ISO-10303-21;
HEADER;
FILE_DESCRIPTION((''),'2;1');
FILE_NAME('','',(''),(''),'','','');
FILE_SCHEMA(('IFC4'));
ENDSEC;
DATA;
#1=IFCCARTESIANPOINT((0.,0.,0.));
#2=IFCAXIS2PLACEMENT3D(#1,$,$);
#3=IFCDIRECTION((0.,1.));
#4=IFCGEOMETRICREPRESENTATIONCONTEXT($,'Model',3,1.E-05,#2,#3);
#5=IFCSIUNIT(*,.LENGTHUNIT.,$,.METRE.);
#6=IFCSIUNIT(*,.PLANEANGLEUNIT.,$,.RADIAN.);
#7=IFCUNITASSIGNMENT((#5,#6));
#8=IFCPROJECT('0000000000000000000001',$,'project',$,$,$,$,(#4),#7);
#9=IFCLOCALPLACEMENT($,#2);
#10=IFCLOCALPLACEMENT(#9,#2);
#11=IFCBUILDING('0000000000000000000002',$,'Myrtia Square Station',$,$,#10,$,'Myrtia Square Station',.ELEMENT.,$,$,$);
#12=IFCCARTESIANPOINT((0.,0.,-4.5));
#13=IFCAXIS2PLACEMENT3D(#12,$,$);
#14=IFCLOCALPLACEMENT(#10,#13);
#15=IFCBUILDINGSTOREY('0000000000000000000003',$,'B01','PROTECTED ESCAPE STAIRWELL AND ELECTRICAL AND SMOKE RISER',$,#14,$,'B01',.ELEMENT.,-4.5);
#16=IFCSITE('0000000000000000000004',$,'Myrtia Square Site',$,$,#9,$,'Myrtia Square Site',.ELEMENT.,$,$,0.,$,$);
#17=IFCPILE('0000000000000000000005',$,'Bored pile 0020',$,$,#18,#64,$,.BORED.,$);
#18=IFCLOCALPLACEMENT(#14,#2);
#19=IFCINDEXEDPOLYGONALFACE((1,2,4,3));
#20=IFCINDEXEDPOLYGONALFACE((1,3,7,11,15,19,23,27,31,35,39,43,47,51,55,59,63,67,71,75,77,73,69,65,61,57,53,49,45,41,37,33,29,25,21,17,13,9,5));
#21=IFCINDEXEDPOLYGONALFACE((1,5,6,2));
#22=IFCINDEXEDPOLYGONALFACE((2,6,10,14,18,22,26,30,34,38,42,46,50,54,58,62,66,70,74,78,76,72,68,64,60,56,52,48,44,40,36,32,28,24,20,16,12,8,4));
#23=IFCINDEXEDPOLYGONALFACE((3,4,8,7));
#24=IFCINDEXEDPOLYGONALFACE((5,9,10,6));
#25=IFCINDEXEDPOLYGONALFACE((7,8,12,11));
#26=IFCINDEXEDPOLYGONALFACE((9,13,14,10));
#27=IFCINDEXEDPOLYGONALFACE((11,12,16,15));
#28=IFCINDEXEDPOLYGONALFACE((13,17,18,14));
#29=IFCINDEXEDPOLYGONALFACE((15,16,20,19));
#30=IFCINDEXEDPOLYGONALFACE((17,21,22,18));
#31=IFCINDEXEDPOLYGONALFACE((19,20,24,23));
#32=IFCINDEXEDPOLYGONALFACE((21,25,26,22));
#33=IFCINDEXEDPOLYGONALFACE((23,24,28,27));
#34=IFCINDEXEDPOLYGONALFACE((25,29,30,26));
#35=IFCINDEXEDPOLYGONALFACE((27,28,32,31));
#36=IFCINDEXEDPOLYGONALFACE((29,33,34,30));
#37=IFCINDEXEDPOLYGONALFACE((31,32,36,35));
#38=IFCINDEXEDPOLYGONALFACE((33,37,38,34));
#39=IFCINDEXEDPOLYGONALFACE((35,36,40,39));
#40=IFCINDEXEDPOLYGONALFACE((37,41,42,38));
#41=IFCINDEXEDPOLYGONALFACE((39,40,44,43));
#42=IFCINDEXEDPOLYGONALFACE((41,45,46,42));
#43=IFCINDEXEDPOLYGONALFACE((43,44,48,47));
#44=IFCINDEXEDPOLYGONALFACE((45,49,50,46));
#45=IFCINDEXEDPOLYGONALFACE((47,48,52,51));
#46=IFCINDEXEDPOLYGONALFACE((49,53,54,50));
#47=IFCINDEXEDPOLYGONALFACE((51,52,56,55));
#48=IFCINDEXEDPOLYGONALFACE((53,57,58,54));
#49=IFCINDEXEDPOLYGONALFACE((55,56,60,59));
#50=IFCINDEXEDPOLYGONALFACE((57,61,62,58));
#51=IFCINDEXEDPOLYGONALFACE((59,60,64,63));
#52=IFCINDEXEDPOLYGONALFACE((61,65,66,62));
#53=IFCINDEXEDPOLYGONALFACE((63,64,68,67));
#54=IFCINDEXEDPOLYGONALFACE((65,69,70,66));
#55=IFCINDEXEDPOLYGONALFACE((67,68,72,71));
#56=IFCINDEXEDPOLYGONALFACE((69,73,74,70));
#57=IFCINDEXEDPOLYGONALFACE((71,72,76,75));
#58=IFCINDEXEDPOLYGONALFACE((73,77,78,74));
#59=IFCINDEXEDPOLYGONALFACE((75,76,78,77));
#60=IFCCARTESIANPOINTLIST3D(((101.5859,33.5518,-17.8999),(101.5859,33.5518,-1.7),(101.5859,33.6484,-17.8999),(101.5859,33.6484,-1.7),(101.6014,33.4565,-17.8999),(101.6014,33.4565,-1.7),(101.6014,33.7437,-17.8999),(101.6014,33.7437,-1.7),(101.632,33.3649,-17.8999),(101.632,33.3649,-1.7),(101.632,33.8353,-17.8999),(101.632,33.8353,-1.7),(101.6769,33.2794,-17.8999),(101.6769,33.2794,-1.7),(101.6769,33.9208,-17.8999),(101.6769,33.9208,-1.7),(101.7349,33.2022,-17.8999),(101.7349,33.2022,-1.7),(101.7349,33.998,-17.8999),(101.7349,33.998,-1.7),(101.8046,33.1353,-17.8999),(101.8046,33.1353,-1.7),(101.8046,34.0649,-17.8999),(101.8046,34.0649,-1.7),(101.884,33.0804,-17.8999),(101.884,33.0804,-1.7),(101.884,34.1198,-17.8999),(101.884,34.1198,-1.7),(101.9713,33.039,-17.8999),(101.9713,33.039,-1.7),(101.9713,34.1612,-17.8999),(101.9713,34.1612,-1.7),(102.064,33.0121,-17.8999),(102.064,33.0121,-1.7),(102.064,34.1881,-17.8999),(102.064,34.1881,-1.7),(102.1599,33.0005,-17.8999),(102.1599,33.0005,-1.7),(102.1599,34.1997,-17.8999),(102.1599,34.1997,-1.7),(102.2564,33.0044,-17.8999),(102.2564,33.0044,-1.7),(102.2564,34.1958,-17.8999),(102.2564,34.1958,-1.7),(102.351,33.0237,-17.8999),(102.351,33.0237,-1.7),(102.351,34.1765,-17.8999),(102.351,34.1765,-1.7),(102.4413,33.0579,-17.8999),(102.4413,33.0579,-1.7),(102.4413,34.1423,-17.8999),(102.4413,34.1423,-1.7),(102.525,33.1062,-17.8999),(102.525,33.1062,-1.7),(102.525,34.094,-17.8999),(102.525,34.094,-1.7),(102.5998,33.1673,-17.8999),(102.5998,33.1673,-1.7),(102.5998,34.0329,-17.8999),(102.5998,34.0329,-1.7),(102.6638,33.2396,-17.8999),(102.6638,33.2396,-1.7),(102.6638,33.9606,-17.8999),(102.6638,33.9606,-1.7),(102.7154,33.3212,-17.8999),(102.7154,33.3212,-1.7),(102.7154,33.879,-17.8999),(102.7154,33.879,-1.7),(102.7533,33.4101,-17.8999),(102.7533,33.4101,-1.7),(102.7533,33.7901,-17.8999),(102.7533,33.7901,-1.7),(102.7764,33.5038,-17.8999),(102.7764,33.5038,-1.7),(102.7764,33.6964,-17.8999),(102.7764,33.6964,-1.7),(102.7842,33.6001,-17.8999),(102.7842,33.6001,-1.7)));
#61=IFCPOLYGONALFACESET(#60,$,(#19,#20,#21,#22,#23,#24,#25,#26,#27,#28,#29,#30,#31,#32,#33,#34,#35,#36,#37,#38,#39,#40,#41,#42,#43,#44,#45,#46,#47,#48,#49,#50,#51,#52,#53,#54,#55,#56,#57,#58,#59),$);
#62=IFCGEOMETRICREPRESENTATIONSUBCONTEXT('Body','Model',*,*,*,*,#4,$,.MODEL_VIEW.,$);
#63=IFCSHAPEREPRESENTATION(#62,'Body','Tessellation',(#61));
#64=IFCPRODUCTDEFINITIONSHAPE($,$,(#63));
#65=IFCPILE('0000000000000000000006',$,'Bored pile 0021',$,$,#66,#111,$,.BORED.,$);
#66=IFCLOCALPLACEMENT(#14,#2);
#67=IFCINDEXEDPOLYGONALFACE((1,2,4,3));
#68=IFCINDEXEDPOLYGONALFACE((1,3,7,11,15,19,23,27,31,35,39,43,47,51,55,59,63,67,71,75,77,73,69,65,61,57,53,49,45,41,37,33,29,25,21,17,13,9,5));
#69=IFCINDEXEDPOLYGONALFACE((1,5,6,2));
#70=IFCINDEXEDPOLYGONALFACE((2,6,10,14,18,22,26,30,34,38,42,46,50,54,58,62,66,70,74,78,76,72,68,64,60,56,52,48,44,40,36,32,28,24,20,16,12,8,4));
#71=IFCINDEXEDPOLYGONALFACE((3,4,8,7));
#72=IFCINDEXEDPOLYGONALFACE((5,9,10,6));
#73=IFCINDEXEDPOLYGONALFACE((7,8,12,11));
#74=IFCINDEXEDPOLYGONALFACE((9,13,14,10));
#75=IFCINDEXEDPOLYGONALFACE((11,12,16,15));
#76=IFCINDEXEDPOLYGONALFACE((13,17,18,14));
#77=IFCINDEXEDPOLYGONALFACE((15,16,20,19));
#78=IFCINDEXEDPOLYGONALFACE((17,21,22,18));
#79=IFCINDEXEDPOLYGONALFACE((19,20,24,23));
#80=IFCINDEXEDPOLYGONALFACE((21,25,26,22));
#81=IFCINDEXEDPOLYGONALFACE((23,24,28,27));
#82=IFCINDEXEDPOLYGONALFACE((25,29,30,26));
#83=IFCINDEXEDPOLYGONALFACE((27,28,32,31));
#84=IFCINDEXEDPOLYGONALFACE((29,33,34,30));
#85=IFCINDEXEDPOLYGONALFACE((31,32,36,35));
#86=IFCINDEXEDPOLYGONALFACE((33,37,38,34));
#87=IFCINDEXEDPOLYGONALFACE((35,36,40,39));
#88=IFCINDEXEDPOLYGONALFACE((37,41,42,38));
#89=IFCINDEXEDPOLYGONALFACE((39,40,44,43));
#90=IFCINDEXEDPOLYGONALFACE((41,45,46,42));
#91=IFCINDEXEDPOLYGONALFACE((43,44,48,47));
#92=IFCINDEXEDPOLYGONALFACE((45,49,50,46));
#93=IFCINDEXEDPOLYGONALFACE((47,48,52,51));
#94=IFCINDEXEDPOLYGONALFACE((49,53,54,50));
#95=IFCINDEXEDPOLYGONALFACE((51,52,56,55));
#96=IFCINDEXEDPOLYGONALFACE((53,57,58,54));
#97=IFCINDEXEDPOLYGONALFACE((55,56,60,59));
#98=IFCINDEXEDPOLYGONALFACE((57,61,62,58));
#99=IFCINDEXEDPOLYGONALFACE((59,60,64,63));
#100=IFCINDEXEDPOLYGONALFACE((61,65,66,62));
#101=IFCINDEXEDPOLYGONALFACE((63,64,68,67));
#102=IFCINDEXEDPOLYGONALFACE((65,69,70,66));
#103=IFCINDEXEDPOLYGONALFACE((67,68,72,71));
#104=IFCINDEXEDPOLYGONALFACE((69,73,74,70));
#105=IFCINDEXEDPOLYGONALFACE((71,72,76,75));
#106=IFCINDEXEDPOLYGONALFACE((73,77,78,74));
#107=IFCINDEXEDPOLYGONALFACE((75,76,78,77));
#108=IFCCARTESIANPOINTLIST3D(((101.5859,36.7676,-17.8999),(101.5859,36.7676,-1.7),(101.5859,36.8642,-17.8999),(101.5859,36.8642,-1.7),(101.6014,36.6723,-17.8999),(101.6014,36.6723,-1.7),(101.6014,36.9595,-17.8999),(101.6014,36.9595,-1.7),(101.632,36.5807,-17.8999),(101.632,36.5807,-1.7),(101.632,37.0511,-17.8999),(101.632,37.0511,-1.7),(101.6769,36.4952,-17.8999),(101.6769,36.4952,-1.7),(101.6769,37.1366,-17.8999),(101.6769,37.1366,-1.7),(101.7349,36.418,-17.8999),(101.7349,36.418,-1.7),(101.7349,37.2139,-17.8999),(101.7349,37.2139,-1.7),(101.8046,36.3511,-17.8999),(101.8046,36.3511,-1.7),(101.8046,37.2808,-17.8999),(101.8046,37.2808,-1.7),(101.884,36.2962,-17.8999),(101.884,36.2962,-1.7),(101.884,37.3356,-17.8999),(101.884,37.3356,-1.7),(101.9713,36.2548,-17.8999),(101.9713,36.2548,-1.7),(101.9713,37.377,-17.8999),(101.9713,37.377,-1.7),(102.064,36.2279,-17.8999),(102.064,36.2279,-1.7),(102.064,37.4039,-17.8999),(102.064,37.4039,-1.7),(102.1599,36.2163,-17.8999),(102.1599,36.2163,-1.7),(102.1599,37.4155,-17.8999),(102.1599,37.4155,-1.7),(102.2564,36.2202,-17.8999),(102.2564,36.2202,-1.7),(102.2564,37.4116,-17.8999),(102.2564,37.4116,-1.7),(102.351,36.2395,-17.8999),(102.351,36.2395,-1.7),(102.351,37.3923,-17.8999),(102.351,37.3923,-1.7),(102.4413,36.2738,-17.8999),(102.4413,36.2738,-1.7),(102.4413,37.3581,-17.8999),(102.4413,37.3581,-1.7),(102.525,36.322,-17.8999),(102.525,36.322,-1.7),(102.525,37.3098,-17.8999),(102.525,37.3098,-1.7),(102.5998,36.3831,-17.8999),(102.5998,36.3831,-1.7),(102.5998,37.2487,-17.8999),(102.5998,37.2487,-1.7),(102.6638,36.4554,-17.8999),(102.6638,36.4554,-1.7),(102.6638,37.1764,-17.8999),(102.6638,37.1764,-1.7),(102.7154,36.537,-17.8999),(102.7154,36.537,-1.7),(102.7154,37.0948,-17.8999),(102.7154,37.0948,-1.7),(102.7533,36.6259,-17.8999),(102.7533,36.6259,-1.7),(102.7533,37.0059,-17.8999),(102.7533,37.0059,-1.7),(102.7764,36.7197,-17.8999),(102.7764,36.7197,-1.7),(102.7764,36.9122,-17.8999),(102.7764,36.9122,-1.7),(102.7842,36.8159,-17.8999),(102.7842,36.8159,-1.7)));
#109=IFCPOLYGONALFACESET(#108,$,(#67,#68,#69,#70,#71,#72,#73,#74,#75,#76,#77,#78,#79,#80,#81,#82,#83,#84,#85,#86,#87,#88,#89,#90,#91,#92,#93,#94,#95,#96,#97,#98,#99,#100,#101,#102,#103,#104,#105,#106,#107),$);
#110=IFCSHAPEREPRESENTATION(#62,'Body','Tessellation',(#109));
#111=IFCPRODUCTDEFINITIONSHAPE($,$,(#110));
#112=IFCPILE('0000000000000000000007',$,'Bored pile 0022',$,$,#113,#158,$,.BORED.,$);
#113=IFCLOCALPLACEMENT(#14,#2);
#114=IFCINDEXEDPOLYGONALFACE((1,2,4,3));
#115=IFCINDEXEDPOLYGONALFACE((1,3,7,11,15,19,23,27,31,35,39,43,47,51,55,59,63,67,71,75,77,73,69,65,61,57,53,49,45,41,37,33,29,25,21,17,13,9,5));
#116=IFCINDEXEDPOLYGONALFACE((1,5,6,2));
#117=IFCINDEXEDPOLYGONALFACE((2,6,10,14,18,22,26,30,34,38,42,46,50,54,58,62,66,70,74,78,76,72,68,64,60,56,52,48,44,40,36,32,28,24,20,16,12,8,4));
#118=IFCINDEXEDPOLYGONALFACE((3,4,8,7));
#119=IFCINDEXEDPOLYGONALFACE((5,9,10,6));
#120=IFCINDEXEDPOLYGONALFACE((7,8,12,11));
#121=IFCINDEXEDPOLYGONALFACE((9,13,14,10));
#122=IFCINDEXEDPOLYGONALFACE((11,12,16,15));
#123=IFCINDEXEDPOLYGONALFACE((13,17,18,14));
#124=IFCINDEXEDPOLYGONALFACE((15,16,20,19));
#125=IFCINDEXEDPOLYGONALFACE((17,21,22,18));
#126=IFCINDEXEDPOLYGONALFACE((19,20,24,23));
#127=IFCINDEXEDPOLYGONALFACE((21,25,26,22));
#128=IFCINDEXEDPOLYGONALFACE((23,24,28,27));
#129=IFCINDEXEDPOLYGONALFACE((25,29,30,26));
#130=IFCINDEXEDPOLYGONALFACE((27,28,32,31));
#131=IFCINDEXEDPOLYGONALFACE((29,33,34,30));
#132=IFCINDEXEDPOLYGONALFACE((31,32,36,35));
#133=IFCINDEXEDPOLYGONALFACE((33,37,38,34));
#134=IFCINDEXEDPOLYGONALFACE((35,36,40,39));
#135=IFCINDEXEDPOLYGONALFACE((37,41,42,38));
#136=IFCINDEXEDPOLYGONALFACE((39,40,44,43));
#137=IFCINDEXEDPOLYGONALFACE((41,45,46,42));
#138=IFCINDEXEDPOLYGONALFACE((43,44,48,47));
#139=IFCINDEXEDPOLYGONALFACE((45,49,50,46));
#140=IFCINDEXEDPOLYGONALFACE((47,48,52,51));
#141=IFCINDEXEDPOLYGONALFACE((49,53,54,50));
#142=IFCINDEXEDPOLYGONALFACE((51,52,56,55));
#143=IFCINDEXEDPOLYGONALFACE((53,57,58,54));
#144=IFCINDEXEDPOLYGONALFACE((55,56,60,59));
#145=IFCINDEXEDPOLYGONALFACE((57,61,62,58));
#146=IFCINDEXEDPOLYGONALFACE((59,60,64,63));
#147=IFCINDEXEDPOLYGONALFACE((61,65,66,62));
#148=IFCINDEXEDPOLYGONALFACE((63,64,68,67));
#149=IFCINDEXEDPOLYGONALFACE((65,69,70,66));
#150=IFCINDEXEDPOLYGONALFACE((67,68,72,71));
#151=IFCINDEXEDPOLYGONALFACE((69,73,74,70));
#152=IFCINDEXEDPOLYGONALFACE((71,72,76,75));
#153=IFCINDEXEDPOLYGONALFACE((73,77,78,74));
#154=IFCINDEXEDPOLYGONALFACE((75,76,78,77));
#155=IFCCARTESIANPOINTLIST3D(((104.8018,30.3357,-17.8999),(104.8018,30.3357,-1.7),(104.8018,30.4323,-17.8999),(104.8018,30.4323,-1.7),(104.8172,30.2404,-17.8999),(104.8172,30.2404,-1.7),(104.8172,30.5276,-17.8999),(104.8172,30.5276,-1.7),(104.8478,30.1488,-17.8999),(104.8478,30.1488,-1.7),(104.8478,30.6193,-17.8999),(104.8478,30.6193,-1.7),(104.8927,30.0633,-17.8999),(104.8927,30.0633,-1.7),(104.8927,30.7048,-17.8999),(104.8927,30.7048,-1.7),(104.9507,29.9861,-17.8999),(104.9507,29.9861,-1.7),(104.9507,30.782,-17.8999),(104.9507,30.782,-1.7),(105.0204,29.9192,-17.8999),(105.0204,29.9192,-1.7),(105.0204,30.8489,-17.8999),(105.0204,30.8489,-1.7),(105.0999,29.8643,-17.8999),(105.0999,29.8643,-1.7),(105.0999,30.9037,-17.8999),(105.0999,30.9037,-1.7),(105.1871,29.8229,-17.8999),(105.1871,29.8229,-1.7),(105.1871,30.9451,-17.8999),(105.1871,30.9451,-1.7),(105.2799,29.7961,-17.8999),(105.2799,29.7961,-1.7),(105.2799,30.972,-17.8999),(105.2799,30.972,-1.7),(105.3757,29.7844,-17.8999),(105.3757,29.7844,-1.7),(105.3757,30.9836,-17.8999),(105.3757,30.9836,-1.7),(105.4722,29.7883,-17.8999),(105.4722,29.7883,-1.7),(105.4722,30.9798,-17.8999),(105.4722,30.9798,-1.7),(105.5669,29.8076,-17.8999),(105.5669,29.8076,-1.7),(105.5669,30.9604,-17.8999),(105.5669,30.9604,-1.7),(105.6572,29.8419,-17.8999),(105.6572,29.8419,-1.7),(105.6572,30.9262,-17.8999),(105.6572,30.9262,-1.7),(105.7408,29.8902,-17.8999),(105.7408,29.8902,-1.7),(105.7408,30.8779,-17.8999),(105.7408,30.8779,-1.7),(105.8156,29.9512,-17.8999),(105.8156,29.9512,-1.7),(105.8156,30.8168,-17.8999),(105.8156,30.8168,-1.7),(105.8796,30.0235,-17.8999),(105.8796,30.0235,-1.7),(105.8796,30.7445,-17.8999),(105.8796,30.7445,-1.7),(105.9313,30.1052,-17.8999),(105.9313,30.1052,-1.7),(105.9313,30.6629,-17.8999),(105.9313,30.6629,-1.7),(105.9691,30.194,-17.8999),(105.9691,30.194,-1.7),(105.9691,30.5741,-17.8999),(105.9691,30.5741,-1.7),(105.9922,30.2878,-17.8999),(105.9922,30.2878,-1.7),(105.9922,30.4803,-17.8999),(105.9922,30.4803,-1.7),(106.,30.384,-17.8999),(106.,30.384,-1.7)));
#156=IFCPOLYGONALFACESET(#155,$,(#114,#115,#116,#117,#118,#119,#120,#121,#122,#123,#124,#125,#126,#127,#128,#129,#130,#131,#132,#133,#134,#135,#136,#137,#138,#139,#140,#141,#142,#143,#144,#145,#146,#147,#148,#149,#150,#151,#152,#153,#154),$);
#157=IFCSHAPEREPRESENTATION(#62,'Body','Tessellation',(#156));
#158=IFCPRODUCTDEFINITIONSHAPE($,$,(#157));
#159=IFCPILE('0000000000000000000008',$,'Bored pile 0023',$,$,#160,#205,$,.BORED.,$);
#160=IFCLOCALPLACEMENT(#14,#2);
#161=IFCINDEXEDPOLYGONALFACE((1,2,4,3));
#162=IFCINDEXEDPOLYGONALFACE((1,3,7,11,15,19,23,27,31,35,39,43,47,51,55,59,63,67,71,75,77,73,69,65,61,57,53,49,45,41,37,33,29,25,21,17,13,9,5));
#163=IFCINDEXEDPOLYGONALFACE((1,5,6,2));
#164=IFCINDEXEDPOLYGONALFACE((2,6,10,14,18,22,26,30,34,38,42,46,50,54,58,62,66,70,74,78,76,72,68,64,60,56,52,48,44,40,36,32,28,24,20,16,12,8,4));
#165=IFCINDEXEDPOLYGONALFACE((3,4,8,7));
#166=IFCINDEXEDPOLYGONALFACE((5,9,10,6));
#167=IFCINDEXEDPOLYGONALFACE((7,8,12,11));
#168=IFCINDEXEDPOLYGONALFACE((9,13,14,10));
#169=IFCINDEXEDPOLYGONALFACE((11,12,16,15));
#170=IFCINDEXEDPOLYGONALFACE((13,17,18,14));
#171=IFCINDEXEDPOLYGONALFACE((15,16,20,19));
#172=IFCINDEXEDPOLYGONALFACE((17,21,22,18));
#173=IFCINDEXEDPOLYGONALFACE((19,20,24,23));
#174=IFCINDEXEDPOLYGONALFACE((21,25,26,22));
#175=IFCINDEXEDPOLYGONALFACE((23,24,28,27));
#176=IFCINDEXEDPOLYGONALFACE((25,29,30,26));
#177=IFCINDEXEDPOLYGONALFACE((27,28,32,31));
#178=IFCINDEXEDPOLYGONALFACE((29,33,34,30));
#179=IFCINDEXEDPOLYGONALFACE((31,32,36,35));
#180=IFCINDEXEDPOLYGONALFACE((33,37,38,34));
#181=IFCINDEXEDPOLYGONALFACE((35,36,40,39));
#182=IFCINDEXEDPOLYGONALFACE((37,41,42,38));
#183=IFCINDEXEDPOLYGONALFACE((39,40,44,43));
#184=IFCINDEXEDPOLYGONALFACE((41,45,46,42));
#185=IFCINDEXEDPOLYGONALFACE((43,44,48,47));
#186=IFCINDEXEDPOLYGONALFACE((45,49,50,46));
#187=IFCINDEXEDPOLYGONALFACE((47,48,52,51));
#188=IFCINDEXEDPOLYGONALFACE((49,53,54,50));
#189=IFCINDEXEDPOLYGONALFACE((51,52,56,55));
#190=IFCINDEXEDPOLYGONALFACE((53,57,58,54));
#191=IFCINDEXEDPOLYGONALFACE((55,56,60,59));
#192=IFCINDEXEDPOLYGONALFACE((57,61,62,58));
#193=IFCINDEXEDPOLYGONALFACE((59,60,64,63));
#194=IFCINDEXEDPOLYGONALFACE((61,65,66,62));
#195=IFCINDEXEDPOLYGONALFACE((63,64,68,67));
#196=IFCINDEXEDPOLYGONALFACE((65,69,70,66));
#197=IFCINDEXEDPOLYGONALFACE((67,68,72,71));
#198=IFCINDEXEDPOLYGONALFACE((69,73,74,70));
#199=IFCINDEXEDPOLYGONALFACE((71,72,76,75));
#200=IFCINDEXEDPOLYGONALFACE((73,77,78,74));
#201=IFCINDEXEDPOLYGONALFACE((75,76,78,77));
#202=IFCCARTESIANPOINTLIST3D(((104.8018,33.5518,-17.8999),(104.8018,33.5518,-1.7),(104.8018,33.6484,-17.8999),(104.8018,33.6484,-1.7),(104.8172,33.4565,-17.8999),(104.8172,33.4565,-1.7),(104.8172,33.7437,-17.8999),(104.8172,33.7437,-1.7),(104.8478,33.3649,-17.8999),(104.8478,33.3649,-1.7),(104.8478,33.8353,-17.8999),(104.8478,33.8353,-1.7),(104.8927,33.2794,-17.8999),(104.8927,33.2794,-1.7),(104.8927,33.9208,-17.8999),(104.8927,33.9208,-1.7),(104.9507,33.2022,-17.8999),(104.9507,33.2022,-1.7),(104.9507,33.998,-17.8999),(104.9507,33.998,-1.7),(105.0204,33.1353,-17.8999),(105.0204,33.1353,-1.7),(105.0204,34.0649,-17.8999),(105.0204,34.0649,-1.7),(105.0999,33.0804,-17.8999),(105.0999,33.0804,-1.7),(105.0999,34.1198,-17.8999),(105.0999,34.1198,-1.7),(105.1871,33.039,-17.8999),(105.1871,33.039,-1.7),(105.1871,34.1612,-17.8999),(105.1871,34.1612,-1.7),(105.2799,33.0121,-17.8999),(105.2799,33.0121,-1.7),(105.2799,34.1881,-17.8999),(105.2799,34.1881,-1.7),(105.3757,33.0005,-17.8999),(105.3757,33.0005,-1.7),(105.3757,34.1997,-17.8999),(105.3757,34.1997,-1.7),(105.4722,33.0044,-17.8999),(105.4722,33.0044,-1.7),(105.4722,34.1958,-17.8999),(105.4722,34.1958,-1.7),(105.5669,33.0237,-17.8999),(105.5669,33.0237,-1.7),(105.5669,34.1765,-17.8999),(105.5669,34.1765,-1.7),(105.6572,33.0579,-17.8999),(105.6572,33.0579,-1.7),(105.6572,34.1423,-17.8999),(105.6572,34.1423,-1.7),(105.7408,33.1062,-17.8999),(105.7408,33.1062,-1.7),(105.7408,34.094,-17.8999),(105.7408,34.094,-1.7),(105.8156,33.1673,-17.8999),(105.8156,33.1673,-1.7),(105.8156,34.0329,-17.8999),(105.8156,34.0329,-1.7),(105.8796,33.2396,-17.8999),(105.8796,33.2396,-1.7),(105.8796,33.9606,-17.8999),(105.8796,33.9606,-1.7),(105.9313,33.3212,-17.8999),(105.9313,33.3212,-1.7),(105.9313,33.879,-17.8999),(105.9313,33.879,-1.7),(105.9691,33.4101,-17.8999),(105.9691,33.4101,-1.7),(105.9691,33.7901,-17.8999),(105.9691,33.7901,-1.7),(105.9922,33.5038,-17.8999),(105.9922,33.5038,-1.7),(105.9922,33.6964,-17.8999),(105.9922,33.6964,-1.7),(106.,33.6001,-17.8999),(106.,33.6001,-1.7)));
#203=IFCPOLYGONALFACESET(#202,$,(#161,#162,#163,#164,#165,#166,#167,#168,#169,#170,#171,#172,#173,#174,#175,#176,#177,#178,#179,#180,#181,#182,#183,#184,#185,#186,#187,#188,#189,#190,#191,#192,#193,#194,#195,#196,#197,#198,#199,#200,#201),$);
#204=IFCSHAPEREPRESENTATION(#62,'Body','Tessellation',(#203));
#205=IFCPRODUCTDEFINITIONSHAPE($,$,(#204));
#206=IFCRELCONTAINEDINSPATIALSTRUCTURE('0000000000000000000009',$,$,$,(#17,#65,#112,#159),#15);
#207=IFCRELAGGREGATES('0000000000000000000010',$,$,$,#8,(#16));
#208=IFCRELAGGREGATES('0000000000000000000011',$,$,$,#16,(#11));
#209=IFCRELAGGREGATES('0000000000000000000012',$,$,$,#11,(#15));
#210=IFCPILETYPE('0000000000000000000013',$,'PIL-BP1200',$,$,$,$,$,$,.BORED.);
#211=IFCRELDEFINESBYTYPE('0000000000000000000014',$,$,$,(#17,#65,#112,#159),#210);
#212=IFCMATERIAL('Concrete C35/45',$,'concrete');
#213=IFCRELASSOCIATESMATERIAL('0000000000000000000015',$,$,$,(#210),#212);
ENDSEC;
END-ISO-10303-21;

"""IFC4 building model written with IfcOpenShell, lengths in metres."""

from ifc_helpers import new_model, si_unit, direction, frame, origin, origin_2d, place, context, subcontext, project, spatial, circle, extrude, material, material_profile, profile_set, type_object, element, save


model = new_model("IFC4")

# Units and contexts
model_context = context("Model", 3, precision=1e-05, world=origin(), true_north=direction((0.0, 1.0)))
body_context = subcontext(model_context, "Body", "Model", "MODEL_VIEW")
ifc_project = project(units=[si_unit("LENGTHUNIT", "METRE"), si_unit("PLANEANGLEUNIT", "RADIAN")], contexts=[model_context])

# Site, building, storey
site_placement = place(None, origin())
site = spatial("IfcSite", under=ifc_project, at=site_placement, Name="Myrtia Square Site", LongName="Myrtia Square Site", CompositionType="ELEMENT", RefElevation=0.0)
building_placement = place(site_placement, origin())
building = spatial("IfcBuilding", under=site, at=building_placement, Name="Myrtia Square Station", LongName="Myrtia Square Station", CompositionType="ELEMENT")
storey_placement = place(building_placement, frame((0.0, 0.0, -4.5)))
storey = spatial("IfcBuildingStorey", under=building, at=storey_placement, Name="B01", Description="PROTECTED ESCAPE STAIRWELL AND ELECTRICAL AND SMOKE RISER", LongName="B01", CompositionType="ELEMENT", Elevation=-4.5)

# Shared definitions
ifc_material_1 = material(Name="Concrete C35/45", Category="concrete")

# Piles
ifc_material_profile_1 = material_profile(ifc_material_1, circle(Radius=0.6001, at=origin_2d()), Name="BP D1200")
ifc_profile_set_1 = profile_set([ifc_material_profile_1], Name="Concrete C35/45")
pile_type_1 = type_object("IfcPileType", Name="PIL-BP1200", PredefinedType="BORED", material=ifc_profile_set_1)
for number, where, z_axis, x_axis, name in (
    (1, (102.1841, 33.6001, -1.7), (0.0, 0.0, -1.0), (1.0, 0.0, 0.0), "Bored pile 0020"),
    (2, (102.1841, 36.8159, -1.7), (0.0, 0.0, -1.0), (1.0, 0.0, 0.0), "Bored pile 0021"),
    (3, (105.3999, 30.384, -1.7), (0.0, 0.0, -1.0), (1.0, 0.0, 0.0), "Bored pile 0022"),
    (4, (105.3999, 33.6001, -1.7), (0.0, 0.0, -1.0), (1.0, 0.0, 0.0), "Bored pile 0023"),
):
    element("IfcPile", number, at=place(storey_placement, frame(where, z_axis=z_axis, x_axis=x_axis)), inside=storey, type_object=pile_type_1, Name=name, PredefinedType="BORED", context=body_context, shape_type="SweptSolid", body=[
        extrude(circle(Radius=0.6001, at=origin_2d()), origin(), (0.0, 0.0, 1.0), 16.2),
    ])

save(model, "model.ifc")
